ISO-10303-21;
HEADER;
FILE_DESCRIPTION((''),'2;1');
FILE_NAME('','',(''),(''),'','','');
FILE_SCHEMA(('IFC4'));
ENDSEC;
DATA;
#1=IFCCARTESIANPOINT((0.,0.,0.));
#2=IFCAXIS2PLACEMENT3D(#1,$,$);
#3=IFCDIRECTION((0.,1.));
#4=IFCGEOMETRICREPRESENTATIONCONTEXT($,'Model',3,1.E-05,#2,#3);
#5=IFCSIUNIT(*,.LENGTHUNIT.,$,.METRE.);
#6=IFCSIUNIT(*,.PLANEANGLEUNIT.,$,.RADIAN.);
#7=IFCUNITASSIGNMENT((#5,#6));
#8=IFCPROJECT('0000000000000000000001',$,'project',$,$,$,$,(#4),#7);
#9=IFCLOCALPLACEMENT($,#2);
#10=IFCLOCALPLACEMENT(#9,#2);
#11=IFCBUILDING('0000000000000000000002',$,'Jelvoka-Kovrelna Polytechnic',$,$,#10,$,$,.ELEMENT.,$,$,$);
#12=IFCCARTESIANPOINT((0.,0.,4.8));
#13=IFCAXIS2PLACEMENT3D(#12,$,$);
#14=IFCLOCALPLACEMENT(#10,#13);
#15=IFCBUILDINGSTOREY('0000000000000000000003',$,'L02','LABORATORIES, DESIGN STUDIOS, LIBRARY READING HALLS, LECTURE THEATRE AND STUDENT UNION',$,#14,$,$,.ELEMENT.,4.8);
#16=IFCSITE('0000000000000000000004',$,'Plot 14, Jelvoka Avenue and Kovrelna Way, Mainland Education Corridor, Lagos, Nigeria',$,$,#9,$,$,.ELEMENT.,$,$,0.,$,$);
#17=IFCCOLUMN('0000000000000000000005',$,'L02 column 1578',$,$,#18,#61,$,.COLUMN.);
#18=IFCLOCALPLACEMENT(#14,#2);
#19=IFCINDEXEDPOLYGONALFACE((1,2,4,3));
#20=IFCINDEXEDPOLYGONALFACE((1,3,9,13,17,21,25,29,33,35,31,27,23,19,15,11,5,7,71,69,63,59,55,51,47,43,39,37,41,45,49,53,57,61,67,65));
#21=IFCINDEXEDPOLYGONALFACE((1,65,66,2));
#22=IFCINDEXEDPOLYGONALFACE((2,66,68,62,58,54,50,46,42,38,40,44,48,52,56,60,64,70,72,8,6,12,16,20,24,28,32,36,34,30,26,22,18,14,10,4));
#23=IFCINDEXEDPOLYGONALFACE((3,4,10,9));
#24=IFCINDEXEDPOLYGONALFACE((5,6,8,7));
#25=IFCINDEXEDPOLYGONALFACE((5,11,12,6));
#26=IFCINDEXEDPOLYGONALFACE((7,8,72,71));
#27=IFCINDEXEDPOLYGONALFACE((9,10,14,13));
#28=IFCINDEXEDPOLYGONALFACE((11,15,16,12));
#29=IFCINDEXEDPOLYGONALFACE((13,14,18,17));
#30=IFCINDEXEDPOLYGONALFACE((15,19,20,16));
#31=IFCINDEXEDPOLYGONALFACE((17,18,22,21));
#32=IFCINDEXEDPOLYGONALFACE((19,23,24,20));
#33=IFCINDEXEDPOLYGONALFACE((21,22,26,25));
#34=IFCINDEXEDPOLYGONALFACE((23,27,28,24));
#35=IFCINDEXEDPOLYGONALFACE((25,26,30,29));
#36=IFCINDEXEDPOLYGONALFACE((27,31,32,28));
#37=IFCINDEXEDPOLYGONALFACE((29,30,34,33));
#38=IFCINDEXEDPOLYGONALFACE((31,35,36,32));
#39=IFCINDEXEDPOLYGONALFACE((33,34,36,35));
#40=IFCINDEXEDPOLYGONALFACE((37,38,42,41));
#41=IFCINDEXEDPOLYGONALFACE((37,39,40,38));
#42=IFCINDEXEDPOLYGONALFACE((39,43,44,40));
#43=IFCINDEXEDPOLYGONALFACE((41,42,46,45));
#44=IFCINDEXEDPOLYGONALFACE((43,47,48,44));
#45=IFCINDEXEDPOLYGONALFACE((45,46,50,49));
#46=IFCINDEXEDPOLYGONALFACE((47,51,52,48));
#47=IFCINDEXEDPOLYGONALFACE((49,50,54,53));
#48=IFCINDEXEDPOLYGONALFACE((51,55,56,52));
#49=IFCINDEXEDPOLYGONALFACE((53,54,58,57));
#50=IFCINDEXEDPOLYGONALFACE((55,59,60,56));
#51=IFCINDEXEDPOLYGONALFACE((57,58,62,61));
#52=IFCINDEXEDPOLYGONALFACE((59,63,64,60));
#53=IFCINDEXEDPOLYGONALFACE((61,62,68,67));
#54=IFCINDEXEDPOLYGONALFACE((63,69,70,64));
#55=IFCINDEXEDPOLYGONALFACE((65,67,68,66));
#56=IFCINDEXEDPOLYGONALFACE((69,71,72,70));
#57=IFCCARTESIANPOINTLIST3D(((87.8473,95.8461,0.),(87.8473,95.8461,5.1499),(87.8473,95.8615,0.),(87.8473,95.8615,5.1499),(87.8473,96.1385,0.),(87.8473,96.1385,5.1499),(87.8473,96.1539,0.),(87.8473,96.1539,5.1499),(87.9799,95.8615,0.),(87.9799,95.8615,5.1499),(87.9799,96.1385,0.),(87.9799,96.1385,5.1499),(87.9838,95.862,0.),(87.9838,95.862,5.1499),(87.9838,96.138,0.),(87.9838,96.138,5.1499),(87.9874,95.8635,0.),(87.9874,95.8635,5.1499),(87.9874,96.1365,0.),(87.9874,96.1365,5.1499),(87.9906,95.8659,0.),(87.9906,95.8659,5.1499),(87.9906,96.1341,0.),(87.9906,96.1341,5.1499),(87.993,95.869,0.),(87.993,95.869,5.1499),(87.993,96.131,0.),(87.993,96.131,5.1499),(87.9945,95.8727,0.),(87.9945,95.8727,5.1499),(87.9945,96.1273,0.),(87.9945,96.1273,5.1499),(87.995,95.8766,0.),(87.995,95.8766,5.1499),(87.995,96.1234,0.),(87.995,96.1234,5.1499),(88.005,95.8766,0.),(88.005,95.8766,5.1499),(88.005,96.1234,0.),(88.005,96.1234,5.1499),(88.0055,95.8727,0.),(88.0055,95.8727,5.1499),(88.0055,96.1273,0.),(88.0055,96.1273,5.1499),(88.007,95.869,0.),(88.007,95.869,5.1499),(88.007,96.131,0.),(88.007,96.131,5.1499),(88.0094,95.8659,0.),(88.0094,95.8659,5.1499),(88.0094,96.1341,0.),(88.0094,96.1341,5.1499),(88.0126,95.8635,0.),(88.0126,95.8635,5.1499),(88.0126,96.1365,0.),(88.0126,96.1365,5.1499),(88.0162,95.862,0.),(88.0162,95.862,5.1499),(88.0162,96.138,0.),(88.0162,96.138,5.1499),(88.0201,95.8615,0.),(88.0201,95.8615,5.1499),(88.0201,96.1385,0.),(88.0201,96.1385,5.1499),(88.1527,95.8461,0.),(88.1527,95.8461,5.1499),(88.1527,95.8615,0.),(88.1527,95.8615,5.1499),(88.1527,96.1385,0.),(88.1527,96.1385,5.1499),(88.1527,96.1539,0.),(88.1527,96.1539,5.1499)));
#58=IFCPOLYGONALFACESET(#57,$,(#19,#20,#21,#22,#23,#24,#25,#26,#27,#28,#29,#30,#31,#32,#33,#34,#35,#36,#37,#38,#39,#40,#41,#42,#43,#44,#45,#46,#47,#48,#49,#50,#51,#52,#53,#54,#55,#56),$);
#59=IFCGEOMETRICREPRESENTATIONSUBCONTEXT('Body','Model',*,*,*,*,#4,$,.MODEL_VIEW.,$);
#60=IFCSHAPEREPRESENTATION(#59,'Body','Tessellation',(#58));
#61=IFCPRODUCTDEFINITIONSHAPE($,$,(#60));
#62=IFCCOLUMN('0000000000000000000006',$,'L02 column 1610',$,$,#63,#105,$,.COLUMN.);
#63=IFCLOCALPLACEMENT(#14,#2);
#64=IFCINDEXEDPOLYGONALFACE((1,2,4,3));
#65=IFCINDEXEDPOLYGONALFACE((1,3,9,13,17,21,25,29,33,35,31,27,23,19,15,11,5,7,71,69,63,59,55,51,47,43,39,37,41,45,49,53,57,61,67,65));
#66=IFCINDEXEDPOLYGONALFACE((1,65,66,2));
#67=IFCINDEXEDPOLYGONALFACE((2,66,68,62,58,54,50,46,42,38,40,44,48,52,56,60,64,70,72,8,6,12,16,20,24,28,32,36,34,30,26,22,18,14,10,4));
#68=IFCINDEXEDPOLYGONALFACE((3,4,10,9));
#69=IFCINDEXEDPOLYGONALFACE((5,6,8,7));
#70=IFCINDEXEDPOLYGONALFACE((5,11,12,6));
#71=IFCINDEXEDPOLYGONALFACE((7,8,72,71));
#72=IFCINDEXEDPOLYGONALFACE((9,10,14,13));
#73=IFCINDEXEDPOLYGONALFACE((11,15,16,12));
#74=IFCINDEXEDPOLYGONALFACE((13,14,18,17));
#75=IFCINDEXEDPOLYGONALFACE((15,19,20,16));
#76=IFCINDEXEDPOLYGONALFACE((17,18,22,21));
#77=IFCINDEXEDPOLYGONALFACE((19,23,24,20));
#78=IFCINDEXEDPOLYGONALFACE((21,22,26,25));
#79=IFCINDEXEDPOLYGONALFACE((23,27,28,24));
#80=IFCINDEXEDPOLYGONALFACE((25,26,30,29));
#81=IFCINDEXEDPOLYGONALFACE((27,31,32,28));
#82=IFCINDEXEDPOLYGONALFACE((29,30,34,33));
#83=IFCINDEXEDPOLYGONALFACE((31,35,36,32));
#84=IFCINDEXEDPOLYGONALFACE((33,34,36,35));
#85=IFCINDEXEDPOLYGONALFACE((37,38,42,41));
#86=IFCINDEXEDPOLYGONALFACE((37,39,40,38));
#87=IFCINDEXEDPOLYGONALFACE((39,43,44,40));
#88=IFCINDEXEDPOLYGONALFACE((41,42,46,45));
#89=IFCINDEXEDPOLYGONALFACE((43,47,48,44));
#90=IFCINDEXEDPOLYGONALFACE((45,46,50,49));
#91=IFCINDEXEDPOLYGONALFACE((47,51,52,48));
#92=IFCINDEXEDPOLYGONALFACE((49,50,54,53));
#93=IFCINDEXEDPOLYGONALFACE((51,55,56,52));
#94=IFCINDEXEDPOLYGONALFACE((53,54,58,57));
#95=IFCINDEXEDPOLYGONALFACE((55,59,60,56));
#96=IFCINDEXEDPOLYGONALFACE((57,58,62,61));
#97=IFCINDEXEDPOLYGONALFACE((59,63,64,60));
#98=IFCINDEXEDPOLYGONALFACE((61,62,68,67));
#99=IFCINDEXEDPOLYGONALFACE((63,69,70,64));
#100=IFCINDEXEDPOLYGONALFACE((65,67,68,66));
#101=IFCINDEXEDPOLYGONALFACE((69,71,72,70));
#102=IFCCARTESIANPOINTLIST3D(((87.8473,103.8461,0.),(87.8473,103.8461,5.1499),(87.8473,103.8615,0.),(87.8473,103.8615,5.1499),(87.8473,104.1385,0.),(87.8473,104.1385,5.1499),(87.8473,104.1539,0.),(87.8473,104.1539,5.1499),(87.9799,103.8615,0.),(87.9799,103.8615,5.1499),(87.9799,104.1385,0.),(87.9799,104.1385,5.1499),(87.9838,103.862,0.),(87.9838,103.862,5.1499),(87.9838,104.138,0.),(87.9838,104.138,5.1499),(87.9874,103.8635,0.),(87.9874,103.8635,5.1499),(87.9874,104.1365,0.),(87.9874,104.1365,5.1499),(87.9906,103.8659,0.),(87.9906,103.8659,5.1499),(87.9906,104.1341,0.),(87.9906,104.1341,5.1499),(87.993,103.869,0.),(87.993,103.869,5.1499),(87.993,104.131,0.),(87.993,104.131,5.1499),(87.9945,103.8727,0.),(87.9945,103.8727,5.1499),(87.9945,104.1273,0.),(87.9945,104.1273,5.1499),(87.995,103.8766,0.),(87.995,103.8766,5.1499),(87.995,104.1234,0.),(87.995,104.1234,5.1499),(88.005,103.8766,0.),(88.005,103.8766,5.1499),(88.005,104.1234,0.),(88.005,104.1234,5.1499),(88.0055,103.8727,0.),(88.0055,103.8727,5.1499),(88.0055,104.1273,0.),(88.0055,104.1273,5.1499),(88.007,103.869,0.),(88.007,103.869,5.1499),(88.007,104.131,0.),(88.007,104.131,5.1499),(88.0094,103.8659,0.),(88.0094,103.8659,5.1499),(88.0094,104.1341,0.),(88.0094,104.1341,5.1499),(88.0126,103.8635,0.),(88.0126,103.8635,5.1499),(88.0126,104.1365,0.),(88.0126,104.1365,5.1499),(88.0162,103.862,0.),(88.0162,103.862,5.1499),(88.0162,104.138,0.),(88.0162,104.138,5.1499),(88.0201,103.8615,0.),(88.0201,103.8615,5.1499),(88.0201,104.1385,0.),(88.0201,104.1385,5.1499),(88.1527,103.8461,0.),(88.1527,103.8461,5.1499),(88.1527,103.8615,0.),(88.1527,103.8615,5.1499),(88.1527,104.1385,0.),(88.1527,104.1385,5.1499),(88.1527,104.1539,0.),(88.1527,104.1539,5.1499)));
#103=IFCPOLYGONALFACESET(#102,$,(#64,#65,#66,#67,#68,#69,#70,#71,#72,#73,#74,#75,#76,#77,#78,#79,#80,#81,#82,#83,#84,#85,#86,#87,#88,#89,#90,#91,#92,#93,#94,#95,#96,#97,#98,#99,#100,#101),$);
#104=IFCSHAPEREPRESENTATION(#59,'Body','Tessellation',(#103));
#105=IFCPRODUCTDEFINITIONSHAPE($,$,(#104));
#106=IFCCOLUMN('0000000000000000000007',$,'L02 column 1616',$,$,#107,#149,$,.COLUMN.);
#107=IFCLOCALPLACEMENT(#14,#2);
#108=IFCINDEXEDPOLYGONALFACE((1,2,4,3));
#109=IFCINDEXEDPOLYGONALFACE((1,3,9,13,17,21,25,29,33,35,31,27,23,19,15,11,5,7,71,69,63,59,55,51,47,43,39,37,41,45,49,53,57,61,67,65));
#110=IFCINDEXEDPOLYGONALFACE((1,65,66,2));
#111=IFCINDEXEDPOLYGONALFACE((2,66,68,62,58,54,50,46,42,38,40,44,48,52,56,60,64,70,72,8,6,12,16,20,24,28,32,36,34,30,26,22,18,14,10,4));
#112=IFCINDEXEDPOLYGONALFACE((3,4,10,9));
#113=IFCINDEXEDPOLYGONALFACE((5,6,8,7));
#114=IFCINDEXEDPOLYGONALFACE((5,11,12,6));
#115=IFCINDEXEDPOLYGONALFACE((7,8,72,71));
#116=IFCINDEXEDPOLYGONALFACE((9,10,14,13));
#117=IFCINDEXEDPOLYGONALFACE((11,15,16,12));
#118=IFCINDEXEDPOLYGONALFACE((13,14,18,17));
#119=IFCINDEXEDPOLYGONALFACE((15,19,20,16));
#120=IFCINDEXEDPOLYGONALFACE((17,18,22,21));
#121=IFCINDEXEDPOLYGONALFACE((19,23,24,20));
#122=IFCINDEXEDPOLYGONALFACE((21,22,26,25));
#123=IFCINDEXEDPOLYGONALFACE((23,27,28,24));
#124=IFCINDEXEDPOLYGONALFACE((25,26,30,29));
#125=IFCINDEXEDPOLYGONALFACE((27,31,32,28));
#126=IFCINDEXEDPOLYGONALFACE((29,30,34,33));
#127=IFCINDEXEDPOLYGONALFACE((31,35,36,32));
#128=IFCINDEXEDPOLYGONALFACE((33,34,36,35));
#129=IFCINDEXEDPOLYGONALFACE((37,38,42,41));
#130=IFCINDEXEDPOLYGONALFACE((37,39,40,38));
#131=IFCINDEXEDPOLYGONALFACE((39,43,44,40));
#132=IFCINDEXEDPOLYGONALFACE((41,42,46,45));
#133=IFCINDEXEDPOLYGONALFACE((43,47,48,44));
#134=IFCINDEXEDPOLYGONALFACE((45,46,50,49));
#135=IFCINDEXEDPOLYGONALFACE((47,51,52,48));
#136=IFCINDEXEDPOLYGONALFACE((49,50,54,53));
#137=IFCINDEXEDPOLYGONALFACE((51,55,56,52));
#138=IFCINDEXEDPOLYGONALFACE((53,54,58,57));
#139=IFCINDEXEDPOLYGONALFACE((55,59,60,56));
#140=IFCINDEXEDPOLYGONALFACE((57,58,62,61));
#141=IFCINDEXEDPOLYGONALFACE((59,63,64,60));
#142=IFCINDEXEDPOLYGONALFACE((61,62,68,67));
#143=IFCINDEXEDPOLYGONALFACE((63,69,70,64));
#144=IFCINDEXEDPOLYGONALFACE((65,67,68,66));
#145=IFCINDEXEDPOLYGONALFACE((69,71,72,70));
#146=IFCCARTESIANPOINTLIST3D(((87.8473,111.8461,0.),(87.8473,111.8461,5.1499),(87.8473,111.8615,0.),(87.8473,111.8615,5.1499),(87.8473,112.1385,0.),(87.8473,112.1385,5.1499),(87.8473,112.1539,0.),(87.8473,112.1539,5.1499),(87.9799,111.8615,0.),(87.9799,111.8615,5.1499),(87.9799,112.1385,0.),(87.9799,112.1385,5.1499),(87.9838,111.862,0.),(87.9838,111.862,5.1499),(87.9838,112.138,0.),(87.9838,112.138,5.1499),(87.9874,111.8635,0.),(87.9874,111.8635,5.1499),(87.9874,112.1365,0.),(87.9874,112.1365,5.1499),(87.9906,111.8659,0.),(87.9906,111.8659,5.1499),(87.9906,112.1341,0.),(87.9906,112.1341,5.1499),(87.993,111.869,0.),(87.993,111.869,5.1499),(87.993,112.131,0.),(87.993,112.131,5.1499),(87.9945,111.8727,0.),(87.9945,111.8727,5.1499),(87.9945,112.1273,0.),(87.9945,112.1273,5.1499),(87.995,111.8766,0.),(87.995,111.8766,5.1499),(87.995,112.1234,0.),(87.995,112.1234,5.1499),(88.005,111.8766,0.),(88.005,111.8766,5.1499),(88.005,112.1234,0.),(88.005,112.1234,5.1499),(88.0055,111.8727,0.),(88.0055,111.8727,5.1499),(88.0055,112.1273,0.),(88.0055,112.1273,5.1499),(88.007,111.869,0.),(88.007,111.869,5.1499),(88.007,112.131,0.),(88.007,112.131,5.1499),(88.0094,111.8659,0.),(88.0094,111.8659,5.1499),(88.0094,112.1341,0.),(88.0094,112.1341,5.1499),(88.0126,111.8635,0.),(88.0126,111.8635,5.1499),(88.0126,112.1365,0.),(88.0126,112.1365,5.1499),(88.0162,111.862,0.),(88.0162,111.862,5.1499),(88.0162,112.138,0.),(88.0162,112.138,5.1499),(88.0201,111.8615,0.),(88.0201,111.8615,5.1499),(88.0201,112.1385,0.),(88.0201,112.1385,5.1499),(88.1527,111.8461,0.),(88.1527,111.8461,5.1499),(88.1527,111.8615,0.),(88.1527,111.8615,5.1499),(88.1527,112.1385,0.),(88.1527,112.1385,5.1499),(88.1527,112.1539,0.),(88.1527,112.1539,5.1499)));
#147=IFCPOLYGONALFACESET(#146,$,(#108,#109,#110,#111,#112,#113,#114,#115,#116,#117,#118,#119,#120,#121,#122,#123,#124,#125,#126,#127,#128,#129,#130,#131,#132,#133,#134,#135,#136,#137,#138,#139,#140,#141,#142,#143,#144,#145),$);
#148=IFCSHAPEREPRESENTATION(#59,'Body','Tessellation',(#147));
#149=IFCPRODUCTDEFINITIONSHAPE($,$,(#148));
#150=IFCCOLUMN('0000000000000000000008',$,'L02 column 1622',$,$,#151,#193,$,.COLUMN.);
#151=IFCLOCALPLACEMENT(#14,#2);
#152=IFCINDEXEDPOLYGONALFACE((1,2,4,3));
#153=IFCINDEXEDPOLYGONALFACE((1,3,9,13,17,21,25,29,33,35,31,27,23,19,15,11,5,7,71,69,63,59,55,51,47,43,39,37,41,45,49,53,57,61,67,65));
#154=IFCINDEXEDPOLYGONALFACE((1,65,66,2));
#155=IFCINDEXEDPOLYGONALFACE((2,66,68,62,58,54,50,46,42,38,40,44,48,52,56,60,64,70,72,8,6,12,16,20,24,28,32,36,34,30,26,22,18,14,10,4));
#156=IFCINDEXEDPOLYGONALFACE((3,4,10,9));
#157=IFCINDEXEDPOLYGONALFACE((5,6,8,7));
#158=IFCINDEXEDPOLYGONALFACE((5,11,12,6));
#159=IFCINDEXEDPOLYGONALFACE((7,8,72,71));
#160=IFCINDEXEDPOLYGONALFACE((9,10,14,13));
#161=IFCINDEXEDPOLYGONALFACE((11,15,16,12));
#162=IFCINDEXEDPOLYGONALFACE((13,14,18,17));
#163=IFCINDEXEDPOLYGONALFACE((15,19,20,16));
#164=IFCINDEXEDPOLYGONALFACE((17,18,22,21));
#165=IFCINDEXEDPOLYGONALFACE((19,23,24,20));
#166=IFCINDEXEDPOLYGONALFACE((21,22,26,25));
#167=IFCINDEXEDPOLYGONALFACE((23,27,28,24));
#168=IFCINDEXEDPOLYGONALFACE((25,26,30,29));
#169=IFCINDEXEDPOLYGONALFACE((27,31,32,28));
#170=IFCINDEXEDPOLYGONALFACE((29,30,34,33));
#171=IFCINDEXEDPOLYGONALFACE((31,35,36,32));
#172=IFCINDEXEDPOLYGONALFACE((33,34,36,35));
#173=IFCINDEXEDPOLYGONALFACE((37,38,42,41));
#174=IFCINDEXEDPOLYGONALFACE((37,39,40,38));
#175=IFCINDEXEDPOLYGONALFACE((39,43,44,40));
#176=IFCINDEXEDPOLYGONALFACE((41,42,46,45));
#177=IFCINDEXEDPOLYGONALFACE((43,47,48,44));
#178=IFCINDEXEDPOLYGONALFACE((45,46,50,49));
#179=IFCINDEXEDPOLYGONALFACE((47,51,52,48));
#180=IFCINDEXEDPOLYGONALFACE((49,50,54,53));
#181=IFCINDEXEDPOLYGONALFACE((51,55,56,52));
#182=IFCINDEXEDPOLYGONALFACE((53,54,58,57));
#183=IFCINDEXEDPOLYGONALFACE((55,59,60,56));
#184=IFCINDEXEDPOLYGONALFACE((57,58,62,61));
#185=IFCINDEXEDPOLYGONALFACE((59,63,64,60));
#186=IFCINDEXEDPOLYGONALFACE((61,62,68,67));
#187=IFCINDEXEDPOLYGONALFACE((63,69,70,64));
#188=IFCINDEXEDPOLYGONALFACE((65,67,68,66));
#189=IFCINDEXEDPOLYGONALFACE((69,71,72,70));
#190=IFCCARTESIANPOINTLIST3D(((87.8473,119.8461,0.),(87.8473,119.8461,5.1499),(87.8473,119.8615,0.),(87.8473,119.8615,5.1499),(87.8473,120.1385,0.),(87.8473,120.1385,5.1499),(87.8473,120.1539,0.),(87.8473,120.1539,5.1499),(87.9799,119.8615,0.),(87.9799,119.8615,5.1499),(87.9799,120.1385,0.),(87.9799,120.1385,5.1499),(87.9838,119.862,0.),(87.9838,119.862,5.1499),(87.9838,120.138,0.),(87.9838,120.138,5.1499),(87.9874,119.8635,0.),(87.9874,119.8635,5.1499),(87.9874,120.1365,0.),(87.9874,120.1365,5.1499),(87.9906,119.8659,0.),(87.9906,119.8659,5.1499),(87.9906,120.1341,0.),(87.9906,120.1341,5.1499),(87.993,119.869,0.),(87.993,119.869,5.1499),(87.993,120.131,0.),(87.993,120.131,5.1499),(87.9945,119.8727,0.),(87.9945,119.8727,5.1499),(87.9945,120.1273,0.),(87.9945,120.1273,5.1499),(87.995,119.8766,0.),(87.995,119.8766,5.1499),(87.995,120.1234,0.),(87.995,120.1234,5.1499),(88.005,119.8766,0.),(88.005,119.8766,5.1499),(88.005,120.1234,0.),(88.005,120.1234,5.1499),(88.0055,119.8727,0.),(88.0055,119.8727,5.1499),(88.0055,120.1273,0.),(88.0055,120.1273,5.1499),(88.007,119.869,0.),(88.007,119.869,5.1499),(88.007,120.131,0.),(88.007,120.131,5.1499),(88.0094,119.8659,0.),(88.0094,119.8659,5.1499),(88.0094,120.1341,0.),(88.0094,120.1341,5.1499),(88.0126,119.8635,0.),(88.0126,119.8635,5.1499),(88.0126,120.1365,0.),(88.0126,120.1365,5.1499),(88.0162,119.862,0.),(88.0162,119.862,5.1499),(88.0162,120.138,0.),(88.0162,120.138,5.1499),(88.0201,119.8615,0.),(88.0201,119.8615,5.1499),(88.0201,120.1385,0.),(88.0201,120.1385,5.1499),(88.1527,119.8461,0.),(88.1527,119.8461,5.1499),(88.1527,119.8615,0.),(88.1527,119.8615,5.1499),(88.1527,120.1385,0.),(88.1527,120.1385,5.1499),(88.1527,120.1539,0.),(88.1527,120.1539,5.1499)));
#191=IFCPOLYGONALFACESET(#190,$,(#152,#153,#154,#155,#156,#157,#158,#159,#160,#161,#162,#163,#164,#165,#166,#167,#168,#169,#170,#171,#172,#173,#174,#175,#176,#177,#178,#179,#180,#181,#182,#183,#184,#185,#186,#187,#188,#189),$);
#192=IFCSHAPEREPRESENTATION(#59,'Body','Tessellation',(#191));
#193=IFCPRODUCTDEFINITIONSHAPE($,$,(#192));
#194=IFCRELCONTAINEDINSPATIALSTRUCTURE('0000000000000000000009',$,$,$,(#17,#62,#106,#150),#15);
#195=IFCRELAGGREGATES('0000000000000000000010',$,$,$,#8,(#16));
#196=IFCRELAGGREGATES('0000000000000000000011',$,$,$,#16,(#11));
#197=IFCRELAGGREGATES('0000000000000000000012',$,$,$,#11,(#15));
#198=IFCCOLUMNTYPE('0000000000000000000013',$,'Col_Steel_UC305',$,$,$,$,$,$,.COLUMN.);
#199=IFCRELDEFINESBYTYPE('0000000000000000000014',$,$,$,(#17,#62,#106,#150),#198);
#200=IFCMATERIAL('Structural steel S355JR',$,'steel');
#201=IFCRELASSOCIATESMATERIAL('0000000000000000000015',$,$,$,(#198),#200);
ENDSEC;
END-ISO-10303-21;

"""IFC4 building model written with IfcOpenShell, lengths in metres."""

from ifc_helpers import new_model, si_unit, direction, frame, origin, origin_2d, place, context, subcontext, project, spatial, i_section, extrude, material, material_profile, profile_set, type_object, element, save


model = new_model("IFC4")

# Units and contexts
model_context = context("Model", 3, precision=1e-05, world=origin(), true_north=direction((0.0, 1.0)))
body_context = subcontext(model_context, "Body", "Model", "MODEL_VIEW")
ifc_project = project(units=[si_unit("LENGTHUNIT", "METRE"), si_unit("PLANEANGLEUNIT", "RADIAN")], contexts=[model_context])

# Site, building, storey
site_placement = place(None, origin())
site = spatial("IfcSite", under=ifc_project, at=site_placement, Name="Plot 14, Jelvoka Avenue and Kovrelna Way, Mainland Education Corridor, Lagos, Nigeria", CompositionType="ELEMENT", RefElevation=0.0)
building_placement = place(site_placement, origin())
building = spatial("IfcBuilding", under=site, at=building_placement, Name="Jelvoka-Kovrelna Polytechnic", CompositionType="ELEMENT")
storey_placement = place(building_placement, frame((0.0, 0.0, 4.8)))
storey = spatial("IfcBuildingStorey", under=building, at=storey_placement, Name="L02", Description="LABORATORIES, DESIGN STUDIOS, LIBRARY READING HALLS, LECTURE THEATRE AND STUDENT UNION", CompositionType="ELEMENT", Elevation=4.8)

# Columns
ifc_material_1 = material(Name="Structural steel S355JR", Category="steel")
ifc_material_profile_1 = material_profile(ifc_material_1, i_section(OverallWidth=0.3054, OverallDepth=0.3079, WebThickness=0.01, FlangeThickness=0.0154, FilletRadius=0.0151, at=origin_2d()), Name="305x305x97 UC")
ifc_profile_set_1 = profile_set([ifc_material_profile_1], Name="Structural steel S355JR")
column_type = type_object("IfcColumnType", Name="Col_Steel_UC305", PredefinedType="COLUMN", material=ifc_profile_set_1)
for number, where, z_axis, x_axis, name in (
    (1, (88.0, 96.0, 0.0), (0.0, 0.0, 1.0), (1.0, 0.0, 0.0), "L02 column 1578"),
    (2, (88.0, 104.0, 0.0), (0.0, 0.0, 1.0), (1.0, 0.0, 0.0), "L02 column 1610"),
    (3, (88.0, 112.0, 0.0), (0.0, 0.0, 1.0), (1.0, 0.0, 0.0), "L02 column 1616"),
    (4, (88.0, 120.0, 0.0), (0.0, 0.0, 1.0), (1.0, 0.0, 0.0), "L02 column 1622"),
):
    element("IfcColumn", number, at=place(storey_placement, frame(where, z_axis=z_axis, x_axis=x_axis)), inside=storey, type_object=column_type, Name=name, PredefinedType="COLUMN", context=body_context, shape_type="SweptSolid", body=[
        extrude(i_section(OverallWidth=0.3054, OverallDepth=0.3079, WebThickness=0.01, FlangeThickness=0.0154, FilletRadius=0.0151, at=origin_2d()), origin(), (0.0, 0.0, 1.0), 5.1499),
    ])

save(model, "model.ifc")
